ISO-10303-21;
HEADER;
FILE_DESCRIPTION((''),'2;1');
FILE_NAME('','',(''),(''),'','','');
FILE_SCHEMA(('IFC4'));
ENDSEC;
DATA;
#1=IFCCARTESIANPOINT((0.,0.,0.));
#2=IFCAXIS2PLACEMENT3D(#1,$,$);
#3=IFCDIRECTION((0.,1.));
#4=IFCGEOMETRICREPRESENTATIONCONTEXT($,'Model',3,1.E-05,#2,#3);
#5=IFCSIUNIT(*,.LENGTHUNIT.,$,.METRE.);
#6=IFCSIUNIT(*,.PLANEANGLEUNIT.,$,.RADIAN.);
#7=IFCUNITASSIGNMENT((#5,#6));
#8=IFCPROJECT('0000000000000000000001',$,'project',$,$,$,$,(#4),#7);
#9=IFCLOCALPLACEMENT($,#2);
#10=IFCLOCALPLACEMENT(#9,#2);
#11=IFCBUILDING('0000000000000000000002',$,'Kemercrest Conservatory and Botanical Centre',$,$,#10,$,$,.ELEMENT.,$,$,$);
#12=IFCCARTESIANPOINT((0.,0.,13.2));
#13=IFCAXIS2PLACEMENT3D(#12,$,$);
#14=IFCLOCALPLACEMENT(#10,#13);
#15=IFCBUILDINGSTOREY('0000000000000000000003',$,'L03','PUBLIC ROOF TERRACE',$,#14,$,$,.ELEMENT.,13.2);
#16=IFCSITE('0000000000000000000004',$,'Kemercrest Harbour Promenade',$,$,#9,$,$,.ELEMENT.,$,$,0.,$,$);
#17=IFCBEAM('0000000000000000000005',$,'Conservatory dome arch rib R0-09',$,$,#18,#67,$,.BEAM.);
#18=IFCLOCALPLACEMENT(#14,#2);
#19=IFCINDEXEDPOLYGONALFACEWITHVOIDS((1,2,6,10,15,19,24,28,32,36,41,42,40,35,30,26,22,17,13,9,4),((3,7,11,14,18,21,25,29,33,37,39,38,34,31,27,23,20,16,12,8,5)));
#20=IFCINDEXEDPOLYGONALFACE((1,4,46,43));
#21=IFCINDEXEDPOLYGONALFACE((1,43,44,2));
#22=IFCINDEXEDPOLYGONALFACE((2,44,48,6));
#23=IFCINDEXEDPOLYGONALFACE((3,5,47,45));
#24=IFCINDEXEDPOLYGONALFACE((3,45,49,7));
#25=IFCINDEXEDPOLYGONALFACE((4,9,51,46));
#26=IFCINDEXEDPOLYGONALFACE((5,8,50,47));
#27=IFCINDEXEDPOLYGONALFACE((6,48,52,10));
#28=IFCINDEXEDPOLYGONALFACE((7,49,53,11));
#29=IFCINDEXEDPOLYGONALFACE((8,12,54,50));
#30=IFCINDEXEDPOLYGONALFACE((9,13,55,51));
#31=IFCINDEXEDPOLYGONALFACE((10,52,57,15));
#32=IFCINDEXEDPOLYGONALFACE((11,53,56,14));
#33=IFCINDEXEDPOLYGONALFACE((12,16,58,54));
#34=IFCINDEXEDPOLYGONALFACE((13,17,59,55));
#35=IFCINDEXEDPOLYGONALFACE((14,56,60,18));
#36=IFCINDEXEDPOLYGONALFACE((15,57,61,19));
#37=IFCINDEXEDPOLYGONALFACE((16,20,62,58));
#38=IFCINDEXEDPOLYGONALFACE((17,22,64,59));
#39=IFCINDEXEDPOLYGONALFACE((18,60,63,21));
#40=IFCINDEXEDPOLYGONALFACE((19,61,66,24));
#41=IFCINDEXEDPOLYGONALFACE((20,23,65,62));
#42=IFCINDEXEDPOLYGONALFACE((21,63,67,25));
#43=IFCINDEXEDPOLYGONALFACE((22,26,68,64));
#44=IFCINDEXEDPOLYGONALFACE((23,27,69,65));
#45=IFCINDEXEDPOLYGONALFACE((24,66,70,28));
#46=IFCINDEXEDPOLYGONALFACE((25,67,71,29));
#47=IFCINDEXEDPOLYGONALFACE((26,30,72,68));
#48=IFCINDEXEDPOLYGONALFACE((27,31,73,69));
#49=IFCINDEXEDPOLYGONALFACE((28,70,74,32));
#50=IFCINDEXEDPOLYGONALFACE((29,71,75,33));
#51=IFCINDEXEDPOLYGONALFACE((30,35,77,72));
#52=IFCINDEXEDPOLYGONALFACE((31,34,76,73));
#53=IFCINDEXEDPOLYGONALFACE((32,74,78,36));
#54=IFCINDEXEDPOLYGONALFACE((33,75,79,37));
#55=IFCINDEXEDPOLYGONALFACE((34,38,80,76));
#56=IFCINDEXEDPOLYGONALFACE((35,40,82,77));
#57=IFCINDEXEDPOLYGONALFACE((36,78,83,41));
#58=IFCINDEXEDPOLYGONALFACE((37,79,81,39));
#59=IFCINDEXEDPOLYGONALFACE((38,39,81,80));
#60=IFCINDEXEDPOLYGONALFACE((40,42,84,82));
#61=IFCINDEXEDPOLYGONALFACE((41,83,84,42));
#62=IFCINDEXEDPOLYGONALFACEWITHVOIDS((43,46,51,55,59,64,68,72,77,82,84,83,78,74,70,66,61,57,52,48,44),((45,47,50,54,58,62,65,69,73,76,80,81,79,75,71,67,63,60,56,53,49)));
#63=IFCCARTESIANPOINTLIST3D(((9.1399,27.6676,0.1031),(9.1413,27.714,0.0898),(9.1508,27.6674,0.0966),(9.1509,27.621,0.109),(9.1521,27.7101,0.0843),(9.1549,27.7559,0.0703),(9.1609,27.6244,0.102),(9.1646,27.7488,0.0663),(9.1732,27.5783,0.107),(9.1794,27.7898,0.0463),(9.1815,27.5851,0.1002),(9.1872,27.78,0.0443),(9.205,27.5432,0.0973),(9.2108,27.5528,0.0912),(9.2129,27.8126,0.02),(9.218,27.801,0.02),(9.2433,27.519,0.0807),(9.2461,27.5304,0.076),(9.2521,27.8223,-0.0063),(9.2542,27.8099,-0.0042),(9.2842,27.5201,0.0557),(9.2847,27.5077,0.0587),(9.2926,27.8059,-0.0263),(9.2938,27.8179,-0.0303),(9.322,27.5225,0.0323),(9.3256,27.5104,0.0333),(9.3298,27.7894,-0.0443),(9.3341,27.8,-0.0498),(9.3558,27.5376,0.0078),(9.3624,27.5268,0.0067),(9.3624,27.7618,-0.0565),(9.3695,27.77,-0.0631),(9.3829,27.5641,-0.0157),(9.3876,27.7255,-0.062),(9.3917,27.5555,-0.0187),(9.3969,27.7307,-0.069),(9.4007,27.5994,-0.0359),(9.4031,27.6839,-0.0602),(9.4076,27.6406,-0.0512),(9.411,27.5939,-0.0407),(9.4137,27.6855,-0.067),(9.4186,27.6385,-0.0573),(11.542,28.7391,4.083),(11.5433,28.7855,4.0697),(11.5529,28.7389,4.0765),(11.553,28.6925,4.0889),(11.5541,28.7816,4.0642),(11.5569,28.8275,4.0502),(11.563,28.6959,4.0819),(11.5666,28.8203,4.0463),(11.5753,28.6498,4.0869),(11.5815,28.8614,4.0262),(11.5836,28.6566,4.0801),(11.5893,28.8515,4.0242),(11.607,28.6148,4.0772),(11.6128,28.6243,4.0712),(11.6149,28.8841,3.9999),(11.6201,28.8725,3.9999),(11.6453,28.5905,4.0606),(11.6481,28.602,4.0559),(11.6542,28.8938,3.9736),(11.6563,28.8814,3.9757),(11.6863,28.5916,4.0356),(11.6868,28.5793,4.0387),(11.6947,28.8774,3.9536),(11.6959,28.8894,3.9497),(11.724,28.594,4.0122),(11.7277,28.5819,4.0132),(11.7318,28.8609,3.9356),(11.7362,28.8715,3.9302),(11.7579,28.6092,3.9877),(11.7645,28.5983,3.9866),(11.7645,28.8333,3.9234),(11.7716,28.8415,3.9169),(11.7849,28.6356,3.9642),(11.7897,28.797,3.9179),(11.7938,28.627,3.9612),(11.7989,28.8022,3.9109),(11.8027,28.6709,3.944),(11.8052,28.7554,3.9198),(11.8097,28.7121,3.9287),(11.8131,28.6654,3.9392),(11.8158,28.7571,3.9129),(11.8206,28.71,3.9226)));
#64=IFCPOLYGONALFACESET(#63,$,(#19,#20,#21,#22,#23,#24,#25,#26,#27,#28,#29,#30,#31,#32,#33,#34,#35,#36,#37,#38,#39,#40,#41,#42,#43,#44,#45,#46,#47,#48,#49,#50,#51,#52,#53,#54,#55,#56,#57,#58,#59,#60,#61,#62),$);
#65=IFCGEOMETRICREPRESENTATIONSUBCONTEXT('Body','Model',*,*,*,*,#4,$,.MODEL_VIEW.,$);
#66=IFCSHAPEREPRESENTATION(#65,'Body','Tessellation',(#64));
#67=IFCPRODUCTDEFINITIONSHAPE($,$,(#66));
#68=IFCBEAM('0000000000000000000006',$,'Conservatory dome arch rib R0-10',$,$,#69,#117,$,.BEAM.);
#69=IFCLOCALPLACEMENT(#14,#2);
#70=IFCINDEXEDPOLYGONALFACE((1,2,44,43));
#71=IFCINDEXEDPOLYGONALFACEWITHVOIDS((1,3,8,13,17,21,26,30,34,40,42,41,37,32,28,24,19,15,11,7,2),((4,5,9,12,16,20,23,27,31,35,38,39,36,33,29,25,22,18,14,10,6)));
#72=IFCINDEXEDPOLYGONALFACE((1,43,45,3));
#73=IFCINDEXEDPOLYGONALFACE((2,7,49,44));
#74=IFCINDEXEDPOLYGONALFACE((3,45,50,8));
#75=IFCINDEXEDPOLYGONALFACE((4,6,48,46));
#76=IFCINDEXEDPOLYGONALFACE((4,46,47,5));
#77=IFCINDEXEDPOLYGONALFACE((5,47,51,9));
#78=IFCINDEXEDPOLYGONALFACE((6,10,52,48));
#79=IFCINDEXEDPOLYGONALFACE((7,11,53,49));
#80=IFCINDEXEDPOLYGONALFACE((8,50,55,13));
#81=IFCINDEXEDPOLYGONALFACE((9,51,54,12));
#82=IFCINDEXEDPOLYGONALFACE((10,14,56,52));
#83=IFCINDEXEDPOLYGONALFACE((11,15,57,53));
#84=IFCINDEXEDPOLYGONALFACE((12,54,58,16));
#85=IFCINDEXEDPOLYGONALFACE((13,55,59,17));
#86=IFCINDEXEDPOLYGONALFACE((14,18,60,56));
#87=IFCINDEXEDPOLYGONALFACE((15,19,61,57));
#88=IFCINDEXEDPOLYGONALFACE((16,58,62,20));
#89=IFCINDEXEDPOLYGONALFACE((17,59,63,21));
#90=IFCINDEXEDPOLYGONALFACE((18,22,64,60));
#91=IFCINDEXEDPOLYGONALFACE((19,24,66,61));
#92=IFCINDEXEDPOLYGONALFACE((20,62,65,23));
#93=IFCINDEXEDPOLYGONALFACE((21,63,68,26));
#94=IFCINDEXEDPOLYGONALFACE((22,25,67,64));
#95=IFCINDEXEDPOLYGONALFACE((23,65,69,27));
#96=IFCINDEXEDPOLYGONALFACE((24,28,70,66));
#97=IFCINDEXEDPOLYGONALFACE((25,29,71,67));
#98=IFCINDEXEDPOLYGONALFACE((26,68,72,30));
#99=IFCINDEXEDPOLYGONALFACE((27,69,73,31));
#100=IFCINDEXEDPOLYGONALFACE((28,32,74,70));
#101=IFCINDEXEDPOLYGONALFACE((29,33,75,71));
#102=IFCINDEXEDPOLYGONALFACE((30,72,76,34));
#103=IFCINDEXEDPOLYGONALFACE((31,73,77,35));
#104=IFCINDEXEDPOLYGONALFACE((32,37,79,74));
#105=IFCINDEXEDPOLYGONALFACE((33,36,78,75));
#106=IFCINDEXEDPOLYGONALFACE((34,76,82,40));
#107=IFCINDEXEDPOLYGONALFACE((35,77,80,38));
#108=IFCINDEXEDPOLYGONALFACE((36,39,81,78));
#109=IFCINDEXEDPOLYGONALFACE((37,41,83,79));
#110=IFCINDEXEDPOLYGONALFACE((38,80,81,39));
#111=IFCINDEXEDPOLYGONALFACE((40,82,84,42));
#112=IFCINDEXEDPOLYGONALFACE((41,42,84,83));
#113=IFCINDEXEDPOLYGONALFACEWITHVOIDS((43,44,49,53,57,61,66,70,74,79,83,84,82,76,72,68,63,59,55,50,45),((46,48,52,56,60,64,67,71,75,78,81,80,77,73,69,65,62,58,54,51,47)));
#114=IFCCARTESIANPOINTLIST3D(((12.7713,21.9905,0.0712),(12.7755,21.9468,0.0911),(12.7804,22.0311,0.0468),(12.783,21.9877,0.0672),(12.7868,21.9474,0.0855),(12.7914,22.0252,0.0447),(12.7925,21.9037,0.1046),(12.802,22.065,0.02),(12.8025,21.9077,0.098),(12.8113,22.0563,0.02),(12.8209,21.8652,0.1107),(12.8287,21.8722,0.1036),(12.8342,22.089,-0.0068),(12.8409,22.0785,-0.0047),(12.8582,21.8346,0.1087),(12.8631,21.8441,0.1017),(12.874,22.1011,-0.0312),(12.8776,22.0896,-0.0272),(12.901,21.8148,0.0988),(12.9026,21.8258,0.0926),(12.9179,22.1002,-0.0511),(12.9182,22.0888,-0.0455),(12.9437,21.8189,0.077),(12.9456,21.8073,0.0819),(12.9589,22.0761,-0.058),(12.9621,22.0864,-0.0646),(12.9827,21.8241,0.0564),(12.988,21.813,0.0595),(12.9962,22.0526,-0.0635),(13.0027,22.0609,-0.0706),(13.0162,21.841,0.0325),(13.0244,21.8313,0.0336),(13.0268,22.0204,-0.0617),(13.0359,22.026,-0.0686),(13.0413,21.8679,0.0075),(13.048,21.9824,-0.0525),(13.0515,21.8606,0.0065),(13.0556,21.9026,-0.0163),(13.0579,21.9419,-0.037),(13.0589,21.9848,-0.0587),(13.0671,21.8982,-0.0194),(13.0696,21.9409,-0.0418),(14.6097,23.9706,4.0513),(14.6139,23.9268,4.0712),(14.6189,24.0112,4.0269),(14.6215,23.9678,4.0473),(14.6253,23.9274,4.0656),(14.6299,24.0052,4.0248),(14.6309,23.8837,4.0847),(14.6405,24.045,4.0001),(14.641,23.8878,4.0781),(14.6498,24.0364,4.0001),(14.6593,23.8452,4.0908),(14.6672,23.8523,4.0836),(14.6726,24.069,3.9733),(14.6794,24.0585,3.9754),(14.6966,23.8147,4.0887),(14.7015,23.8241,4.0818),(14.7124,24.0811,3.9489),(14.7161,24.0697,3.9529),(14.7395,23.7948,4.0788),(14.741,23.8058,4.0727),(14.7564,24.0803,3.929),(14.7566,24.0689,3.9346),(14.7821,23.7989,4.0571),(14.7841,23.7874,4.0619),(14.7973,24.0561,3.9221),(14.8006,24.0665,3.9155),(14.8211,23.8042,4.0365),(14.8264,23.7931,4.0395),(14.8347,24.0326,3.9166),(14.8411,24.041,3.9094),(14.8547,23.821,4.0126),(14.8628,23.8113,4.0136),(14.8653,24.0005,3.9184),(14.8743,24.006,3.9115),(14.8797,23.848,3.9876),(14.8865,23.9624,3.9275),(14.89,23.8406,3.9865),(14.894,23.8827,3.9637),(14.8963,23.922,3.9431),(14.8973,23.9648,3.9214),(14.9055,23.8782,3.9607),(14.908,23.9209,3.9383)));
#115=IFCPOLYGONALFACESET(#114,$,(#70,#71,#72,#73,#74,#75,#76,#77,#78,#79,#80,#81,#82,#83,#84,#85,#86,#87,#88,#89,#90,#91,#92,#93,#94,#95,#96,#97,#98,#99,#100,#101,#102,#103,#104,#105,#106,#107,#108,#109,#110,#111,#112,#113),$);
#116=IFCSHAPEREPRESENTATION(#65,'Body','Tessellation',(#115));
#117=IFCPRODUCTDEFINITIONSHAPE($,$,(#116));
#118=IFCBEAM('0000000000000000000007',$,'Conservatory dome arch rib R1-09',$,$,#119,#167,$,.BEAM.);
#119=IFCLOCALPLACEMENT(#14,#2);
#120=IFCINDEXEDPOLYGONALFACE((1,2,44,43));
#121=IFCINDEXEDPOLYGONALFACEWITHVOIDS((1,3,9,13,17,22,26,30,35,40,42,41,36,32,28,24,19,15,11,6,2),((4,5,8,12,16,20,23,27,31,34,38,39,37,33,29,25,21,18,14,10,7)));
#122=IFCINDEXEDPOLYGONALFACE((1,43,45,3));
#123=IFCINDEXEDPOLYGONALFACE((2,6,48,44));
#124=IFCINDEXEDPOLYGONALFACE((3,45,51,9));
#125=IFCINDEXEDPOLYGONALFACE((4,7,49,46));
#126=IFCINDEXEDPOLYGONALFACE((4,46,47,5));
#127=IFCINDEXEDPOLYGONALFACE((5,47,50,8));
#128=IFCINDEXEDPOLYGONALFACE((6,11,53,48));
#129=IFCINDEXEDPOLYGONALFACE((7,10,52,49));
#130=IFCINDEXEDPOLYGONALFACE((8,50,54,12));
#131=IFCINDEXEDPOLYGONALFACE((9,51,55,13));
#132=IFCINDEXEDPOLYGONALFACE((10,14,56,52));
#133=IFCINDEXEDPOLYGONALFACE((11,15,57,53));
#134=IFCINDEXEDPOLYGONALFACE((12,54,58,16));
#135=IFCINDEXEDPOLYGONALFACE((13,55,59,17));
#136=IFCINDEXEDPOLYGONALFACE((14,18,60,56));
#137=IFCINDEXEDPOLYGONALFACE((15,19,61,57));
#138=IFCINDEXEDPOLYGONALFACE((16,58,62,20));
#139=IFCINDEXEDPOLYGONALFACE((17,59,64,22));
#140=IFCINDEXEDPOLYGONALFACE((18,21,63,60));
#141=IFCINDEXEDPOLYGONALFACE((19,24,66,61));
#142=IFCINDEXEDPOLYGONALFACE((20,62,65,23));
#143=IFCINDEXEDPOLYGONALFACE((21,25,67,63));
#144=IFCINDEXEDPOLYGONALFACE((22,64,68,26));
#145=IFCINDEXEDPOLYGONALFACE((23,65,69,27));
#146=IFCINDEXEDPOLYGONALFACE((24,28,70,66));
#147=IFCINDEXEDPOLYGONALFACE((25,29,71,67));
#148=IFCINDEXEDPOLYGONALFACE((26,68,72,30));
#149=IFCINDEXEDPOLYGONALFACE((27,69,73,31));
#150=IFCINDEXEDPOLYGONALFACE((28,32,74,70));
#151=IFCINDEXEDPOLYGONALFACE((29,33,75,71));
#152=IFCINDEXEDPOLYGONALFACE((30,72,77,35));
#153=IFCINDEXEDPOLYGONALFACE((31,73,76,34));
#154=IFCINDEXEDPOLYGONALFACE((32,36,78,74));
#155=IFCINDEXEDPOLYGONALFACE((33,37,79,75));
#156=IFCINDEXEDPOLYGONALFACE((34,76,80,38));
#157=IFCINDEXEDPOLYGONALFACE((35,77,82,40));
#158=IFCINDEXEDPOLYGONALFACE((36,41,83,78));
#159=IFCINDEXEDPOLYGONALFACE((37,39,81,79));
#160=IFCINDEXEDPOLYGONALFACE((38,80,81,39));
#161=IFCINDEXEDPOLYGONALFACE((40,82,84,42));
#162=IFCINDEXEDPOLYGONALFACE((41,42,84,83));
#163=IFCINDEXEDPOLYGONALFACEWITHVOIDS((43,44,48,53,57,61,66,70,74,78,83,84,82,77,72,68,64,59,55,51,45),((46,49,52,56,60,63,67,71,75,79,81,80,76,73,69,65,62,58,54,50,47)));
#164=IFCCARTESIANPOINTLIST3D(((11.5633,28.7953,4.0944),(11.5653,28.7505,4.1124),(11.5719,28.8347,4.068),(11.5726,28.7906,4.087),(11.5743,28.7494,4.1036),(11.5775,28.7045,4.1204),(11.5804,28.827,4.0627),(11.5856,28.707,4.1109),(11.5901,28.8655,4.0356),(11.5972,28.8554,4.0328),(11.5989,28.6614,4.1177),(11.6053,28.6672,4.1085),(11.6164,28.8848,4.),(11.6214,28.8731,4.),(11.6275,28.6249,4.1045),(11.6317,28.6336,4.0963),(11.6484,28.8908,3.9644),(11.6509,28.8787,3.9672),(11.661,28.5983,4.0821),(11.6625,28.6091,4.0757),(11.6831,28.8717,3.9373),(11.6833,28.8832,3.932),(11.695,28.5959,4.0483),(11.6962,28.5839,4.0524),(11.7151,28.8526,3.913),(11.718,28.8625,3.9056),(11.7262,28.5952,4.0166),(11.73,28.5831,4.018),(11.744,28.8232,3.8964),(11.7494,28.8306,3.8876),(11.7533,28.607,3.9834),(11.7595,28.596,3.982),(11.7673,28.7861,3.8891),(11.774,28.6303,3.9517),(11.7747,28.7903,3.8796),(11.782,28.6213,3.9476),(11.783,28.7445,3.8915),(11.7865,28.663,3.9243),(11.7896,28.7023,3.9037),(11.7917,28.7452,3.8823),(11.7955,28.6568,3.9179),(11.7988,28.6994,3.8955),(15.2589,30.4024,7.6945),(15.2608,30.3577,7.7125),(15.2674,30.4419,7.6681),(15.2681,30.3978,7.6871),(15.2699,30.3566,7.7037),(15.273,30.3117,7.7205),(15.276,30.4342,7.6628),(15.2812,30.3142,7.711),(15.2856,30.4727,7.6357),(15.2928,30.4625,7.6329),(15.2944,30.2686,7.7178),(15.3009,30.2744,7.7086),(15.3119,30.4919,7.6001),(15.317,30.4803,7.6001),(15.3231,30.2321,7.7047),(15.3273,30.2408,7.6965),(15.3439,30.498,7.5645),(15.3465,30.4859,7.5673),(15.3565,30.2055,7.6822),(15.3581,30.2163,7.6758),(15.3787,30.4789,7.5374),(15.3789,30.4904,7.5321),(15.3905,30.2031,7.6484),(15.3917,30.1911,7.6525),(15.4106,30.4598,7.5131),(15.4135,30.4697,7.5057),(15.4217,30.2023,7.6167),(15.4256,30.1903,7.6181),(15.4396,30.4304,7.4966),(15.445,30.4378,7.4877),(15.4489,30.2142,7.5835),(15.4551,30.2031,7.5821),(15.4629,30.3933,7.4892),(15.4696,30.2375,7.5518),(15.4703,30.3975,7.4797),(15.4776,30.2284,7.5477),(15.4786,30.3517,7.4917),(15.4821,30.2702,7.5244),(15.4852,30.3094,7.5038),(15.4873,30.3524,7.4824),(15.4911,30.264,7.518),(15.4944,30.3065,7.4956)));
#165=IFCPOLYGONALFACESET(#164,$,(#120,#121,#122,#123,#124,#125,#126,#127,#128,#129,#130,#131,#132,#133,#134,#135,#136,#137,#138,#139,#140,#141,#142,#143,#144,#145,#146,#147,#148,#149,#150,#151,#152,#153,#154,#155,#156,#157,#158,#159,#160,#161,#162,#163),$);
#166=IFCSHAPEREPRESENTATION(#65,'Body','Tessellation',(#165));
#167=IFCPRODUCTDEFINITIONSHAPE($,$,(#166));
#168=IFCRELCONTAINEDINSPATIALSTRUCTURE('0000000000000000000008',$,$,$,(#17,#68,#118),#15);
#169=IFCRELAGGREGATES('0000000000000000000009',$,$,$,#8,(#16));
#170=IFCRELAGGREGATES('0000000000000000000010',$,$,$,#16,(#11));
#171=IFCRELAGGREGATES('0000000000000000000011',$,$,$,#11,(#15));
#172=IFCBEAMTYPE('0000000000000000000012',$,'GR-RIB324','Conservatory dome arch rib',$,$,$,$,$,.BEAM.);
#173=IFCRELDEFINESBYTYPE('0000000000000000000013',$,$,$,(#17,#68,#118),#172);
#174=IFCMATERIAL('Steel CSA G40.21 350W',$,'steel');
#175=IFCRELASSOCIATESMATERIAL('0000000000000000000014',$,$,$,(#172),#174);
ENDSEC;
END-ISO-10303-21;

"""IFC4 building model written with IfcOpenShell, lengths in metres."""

from ifc_helpers import new_model, si_unit, direction, frame, origin, origin_2d, place, context, subcontext, project, spatial, hollow_circle, extrude, material, material_profile, profile_set, type_object, element, save


model = new_model("IFC4")

# Units and contexts
model_context = context("Model", 3, precision=1e-05, world=origin(), true_north=direction((0.0, 1.0)))
body_context = subcontext(model_context, "Body", "Model", "MODEL_VIEW")
ifc_project = project(units=[si_unit("LENGTHUNIT", "METRE"), si_unit("PLANEANGLEUNIT", "RADIAN")], contexts=[model_context])

# Site, building, storey
site_placement = place(None, origin())
site = spatial("IfcSite", under=ifc_project, at=site_placement, Name="Kemercrest Harbour Promenade", CompositionType="ELEMENT", RefElevation=0.0)
building_placement = place(site_placement, origin())
building = spatial("IfcBuilding", under=site, at=building_placement, Name="Kemercrest Conservatory and Botanical Centre", CompositionType="ELEMENT")
storey_placement = place(building_placement, frame((0.0, 0.0, 13.2)))
storey = spatial("IfcBuildingStorey", under=building, at=storey_placement, Name="L03", Description="PUBLIC ROOF TERRACE", CompositionType="ELEMENT", Elevation=13.2)

# Shared definitions
ifc_material_1 = material(Name="Steel CSA G40.21 350W", Category="steel")

# Beams
ifc_material_profile_1 = material_profile(ifc_material_1, hollow_circle(Radius=0.1619, WallThickness=0.0127, at=origin_2d()), Name="CHS 323.9x12.7")
ifc_profile_set_1 = profile_set([ifc_material_profile_1], Name="Steel CSA G40.21 350W")
beam_type_1 = type_object("IfcBeamType", Name="GR-RIB324", Description="Conservatory dome arch rib", PredefinedType="BEAM", material=ifc_profile_set_1)
beam_1_placement = place(storey_placement, frame((9.2788, 27.6648, 0.02), z_axis=(0.503523, 0.224612, 0.834275), x_axis=(-0.407387, 0.913256, 0.0)))
element("IfcBeam", 1, at=beam_1_placement, inside=storey, type_object=beam_type_1, Name="Conservatory dome arch rib R0-09", PredefinedType="BEAM", context=body_context, shape_type="SweptSolid", body=[
    extrude(hollow_circle(Radius=0.1619, WallThickness=0.0127, at=origin_2d()), origin(), (0.0, 0.0, 1.0), 4.7705),
])
beam_2_placement = place(storey_placement, frame((12.9207, 21.9548, 0.02), z_axis=(0.382165, 0.411602, 0.827365), x_axis=(-0.732826, 0.680416, 0.0)))
element("IfcBeam", 2, at=beam_2_placement, inside=storey, type_object=beam_type_1, Name="Conservatory dome arch rib R0-10", PredefinedType="BEAM", context=body_context, shape_type="SweptSolid", body=[
    extrude(hollow_circle(Radius=0.1619, WallThickness=0.0127, at=origin_2d()), origin(), (0.0, 0.0, 1.0), 4.8105),
])
beam_3_placement = place(storey_placement, frame((11.6809, 28.7363, 4.0), z_axis=(0.683883, 0.297417, 0.666218), x_axis=(-0.398813, 0.917032, 0.0)))
element("IfcBeam", 3, at=beam_3_placement, inside=storey, type_object=beam_type_1, Name="Conservatory dome arch rib R1-09", PredefinedType="BEAM", context=body_context, shape_type="SweptSolid", body=[
    extrude(hollow_circle(Radius=0.1619, WallThickness=0.0127, at=origin_2d()), origin(), (0.0, 0.0, 1.0), 5.4038),
])

save(model, "model.ifc")
